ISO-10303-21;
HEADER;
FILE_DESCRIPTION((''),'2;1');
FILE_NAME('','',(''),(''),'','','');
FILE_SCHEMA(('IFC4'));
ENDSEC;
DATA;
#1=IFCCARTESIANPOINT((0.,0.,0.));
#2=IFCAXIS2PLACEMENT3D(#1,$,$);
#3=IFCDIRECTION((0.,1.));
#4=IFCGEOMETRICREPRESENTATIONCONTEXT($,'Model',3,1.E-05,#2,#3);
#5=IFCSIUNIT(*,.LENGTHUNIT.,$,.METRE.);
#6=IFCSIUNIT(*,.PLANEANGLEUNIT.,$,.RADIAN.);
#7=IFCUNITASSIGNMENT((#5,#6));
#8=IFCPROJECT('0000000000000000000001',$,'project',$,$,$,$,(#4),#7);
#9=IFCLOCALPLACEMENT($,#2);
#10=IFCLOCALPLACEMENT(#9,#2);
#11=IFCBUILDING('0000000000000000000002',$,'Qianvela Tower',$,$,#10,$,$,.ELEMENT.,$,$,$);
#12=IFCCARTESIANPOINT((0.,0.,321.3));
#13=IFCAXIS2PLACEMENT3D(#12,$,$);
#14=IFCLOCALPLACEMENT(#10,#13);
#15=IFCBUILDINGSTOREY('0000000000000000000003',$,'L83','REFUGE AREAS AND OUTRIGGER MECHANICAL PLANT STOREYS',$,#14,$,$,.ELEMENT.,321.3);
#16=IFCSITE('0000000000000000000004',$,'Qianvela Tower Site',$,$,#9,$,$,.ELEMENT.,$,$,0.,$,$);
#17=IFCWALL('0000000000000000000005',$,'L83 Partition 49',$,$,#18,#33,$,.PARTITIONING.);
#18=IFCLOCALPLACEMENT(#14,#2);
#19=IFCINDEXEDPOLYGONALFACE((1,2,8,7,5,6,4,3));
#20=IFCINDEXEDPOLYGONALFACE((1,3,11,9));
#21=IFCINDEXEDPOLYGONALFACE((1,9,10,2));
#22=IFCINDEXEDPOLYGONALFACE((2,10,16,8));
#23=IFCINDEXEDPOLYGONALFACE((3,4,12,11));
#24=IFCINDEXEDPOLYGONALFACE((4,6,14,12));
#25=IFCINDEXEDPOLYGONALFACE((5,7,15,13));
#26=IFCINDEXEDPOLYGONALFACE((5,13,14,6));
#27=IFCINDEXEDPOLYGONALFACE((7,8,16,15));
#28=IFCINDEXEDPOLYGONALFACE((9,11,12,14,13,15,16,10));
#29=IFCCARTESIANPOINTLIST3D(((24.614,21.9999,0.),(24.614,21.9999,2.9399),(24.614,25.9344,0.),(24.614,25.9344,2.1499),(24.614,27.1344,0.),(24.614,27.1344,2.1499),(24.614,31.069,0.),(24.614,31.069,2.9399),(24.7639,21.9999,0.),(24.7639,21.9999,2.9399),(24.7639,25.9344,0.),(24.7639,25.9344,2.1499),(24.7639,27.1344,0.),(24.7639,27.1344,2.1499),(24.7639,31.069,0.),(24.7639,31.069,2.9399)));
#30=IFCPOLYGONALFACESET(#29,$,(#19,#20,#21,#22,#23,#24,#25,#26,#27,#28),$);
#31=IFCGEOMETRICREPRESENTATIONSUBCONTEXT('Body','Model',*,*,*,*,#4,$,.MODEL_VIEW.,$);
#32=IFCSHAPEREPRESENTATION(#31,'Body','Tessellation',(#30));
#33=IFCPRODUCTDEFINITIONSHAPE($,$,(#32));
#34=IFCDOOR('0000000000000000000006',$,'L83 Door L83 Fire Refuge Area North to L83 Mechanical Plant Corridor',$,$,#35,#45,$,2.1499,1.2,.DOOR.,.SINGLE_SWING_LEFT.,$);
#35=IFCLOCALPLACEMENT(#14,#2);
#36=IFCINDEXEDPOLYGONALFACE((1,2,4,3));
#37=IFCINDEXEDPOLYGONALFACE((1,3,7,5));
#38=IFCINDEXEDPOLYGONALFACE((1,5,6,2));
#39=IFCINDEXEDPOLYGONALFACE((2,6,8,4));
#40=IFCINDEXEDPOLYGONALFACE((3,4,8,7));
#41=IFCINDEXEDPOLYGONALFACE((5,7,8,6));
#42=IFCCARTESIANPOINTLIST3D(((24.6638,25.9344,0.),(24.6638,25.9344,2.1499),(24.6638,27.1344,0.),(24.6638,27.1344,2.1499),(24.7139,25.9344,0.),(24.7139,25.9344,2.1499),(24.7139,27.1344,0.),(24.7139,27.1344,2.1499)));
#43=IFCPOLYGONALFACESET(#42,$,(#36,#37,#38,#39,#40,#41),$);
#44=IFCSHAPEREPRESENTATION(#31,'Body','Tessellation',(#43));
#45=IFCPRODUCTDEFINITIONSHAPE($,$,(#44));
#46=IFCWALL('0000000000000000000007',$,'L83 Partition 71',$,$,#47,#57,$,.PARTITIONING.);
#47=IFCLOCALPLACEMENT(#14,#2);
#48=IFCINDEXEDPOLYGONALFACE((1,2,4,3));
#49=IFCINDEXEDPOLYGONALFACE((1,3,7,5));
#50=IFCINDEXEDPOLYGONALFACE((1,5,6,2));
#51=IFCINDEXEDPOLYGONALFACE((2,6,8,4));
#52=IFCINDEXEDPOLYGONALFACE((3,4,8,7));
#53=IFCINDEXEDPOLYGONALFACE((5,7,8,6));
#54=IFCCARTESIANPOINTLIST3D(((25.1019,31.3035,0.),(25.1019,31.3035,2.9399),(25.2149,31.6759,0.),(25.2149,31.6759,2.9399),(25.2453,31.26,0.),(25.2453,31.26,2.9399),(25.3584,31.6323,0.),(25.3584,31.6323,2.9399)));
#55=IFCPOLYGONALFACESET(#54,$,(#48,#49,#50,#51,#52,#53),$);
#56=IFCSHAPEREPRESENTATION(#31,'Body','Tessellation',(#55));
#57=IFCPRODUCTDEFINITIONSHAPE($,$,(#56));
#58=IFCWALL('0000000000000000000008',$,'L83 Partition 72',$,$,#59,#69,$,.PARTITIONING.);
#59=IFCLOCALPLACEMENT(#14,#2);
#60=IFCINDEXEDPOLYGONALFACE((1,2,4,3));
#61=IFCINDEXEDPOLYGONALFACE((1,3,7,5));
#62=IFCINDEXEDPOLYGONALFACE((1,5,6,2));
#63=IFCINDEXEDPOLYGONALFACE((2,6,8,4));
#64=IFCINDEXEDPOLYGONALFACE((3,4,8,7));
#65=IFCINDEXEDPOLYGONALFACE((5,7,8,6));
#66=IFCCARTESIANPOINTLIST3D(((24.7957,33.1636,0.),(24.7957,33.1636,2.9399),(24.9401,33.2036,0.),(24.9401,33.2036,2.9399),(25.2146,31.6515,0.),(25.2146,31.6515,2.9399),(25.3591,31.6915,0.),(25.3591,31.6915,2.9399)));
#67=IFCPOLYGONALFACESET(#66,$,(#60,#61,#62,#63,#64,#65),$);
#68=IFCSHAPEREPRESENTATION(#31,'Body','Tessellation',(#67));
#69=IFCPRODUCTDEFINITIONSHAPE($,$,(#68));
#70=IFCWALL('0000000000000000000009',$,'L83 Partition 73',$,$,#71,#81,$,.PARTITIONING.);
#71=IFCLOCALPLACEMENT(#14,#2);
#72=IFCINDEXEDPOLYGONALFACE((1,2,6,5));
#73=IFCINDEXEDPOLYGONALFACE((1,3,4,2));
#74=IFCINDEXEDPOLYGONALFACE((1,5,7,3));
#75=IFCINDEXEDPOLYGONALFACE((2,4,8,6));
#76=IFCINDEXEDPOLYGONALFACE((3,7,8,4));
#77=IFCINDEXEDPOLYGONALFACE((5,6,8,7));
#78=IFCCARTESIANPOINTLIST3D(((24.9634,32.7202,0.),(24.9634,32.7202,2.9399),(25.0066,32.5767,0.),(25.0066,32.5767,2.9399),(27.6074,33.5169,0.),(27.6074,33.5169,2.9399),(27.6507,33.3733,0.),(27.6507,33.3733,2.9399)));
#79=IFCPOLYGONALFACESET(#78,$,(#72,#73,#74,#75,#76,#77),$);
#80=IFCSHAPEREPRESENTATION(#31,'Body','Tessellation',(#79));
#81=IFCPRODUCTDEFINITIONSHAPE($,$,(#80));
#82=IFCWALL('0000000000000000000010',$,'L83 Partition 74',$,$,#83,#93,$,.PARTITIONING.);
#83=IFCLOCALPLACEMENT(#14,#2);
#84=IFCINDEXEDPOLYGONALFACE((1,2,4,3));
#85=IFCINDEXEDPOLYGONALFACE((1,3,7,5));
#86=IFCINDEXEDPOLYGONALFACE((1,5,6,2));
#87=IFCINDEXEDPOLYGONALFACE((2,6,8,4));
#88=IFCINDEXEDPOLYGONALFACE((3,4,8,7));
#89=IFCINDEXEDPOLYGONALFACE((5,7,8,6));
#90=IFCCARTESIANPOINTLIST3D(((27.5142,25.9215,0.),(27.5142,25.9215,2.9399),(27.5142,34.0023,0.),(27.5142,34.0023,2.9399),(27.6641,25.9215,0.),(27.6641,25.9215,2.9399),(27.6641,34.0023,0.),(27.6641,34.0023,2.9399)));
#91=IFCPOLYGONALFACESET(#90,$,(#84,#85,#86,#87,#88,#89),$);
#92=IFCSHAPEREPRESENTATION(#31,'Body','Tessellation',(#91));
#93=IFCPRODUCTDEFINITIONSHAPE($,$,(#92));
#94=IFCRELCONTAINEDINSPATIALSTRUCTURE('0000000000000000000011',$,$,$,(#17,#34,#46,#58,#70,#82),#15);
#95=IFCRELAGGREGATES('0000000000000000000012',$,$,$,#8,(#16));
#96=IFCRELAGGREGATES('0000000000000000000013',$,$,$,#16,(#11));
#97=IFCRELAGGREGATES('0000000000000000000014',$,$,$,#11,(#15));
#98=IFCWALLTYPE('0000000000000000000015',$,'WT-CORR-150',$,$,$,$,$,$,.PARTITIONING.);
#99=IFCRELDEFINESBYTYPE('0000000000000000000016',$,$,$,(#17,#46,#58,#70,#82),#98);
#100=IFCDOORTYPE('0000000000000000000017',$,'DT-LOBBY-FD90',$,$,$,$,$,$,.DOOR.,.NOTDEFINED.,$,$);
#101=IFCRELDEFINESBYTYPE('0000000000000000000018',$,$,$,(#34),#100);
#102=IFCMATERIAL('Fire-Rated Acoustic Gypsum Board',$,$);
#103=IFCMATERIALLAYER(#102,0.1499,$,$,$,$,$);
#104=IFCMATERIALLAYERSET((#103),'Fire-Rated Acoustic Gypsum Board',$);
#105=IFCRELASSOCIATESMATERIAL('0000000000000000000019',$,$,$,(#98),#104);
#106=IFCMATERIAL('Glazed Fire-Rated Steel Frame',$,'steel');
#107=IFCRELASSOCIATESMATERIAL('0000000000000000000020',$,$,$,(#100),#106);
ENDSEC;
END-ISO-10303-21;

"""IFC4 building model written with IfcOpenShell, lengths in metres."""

from ifc_helpers import new_model, si_unit, direction, frame, frame_2d, origin, place, context, subcontext, project, spatial, rectangle, extrude, material, layer, layer_set, type_object, element, fill, save


model = new_model("IFC4")

# Units and contexts
model_context = context("Model", 3, precision=1e-05, world=origin(), true_north=direction((0.0, 1.0)))
body_context = subcontext(model_context, "Body", "Model", "MODEL_VIEW")
ifc_project = project(units=[si_unit("LENGTHUNIT", "METRE"), si_unit("PLANEANGLEUNIT", "RADIAN")], contexts=[model_context])

# Site, building, storey
site_placement = place(None, origin())
site = spatial("IfcSite", under=ifc_project, at=site_placement, Name="Qianvela Tower Site", CompositionType="ELEMENT", RefElevation=0.0)
building_placement = place(site_placement, origin())
building = spatial("IfcBuilding", under=site, at=building_placement, Name="Qianvela Tower", CompositionType="ELEMENT")
storey_placement = place(building_placement, frame((0.0, 0.0, 321.3)))
storey = spatial("IfcBuildingStorey", under=building, at=storey_placement, Name="L83", Description="REFUGE AREAS AND OUTRIGGER MECHANICAL PLANT STOREYS", CompositionType="ELEMENT", Elevation=321.3)

# Shared definitions
ifc_material_1 = material(Name="Fire-Rated Acoustic Gypsum Board")
ifc_layer_1 = layer(ifc_material_1, 0.1499)
ifc_layer_set_1 = layer_set([ifc_layer_1], Name="Fire-Rated Acoustic Gypsum Board")
wall_type = type_object("IfcWallType", Name="WT-CORR-150", PredefinedType="PARTITIONING", material=ifc_layer_set_1)

# Wall, opening, door
wall_1_placement = place(storey_placement, frame((24.689, 31.0691, 0.0), z_axis=(0.0, 0.0, 1.0), x_axis=(0.0, -1.0, 0.0)))
wall_1 = element("IfcWall", 1, at=wall_1_placement, inside=storey, type_object=wall_type, Name="L83 Partition 49", PredefinedType="PARTITIONING", context=body_context, shape_type="SweptSolid", body=[
    extrude(rectangle(XDim=9.0691, YDim=0.1499, at=frame_2d((4.5347, 0.0))), origin(), (0.0, 0.0, 1.0), 2.9399),
])
opening_placement = place(wall_1_placement, frame((3.9346, 0.0, 0.0)))
opening = element("IfcOpeningElement", 2, at=opening_placement, cuts=wall_1, PredefinedType="OPENING", context=body_context, shape_type="SweptSolid", body=[
    extrude(rectangle(XDim=1.2, YDim=2.1499, at=frame_2d((0.6001, 1.075))), frame((0.0, 0.085, 0.0), z_axis=(0.0, -1.0, 0.0), x_axis=(1.0, 0.0, 0.0)), (0.0, 0.0, 1.0), 0.1699),
])
ifc_material_2 = material(Name="Glazed Fire-Rated Steel Frame", Category="steel")
door_type = type_object("IfcDoorType", Name="DT-LOBBY-FD90", OperationType="NOTDEFINED", PredefinedType="DOOR", material=ifc_material_2)
door_placement = place(opening_placement, origin())
door = element("IfcDoor", 3, at=door_placement, inside=storey, type_object=door_type, Name="L83 Door L83 Fire Refuge Area North to L83 Mechanical Plant Corridor", OperationType="SINGLE_SWING_LEFT", OverallHeight=2.1499, OverallWidth=1.2, PredefinedType="DOOR", context=body_context, shape_type="SweptSolid", body=[
    extrude(rectangle(XDim=1.2, YDim=2.1499, at=frame_2d((0.6001, 1.075))), frame((0.0, 0.0249, 0.0), z_axis=(0.0, -1.0, 0.0), x_axis=(1.0, 0.0, 0.0)), (0.0, 0.0, 1.0), 0.05),
])
fill(opening, door)

# Walls
wall_2_placement = place(storey_placement, frame((25.1736, 31.2817, 0.0), z_axis=(0.0, 0.0, 1.0), x_axis=(0.290512, 0.956871, 0.0)))
element("IfcWall", 4, at=wall_2_placement, inside=storey, type_object=wall_type, Name="L83 Partition 71", PredefinedType="PARTITIONING", context=body_context, shape_type="SweptSolid", body=[
    extrude(rectangle(XDim=0.3892, YDim=0.1499, at=frame_2d((0.1946, 0.0))), origin(), (0.0, 0.0, 1.0), 2.9399),
])
wall_3_placement = place(storey_placement, frame((25.2869, 31.6714, 0.0), z_axis=(0.0, 0.0, 1.0), x_axis=(-0.266986, 0.9637, 0.0)))
element("IfcWall", 5, at=wall_3_placement, inside=storey, type_object=wall_type, Name="L83 Partition 72", PredefinedType="PARTITIONING", context=body_context, shape_type="SweptSolid", body=[
    extrude(rectangle(XDim=1.5691, YDim=0.1499, at=frame_2d((0.7847, 0.0))), origin(), (0.0, 0.0, 1.0), 2.9399),
])
wall_4_placement = place(storey_placement, frame((24.9849, 32.6484, 0.0), z_axis=(0.0, 0.0, 1.0), x_axis=(0.957485, 0.288483, 0.0)))
element("IfcWall", 6, at=wall_4_placement, inside=storey, type_object=wall_type, Name="L83 Partition 73", PredefinedType="PARTITIONING", context=body_context, shape_type="SweptSolid", body=[
    extrude(rectangle(XDim=2.7615, YDim=0.1499, at=frame_2d((1.3809, 0.0))), origin(), (0.0, 0.0, 1.0), 2.9399),
])
wall_5_placement = place(storey_placement, frame((27.5891, 34.0024, 0.0), z_axis=(0.0, 0.0, 1.0), x_axis=(0.0, -1.0, 0.0)))
element("IfcWall", 7, at=wall_5_placement, inside=storey, type_object=wall_type, Name="L83 Partition 74", PredefinedType="PARTITIONING", context=body_context, shape_type="SweptSolid", body=[
    extrude(rectangle(XDim=8.0808, YDim=0.1499, at=frame_2d((4.0405, 0.0))), origin(), (0.0, 0.0, 1.0), 2.9399),
])

save(model, "model.ifc")
